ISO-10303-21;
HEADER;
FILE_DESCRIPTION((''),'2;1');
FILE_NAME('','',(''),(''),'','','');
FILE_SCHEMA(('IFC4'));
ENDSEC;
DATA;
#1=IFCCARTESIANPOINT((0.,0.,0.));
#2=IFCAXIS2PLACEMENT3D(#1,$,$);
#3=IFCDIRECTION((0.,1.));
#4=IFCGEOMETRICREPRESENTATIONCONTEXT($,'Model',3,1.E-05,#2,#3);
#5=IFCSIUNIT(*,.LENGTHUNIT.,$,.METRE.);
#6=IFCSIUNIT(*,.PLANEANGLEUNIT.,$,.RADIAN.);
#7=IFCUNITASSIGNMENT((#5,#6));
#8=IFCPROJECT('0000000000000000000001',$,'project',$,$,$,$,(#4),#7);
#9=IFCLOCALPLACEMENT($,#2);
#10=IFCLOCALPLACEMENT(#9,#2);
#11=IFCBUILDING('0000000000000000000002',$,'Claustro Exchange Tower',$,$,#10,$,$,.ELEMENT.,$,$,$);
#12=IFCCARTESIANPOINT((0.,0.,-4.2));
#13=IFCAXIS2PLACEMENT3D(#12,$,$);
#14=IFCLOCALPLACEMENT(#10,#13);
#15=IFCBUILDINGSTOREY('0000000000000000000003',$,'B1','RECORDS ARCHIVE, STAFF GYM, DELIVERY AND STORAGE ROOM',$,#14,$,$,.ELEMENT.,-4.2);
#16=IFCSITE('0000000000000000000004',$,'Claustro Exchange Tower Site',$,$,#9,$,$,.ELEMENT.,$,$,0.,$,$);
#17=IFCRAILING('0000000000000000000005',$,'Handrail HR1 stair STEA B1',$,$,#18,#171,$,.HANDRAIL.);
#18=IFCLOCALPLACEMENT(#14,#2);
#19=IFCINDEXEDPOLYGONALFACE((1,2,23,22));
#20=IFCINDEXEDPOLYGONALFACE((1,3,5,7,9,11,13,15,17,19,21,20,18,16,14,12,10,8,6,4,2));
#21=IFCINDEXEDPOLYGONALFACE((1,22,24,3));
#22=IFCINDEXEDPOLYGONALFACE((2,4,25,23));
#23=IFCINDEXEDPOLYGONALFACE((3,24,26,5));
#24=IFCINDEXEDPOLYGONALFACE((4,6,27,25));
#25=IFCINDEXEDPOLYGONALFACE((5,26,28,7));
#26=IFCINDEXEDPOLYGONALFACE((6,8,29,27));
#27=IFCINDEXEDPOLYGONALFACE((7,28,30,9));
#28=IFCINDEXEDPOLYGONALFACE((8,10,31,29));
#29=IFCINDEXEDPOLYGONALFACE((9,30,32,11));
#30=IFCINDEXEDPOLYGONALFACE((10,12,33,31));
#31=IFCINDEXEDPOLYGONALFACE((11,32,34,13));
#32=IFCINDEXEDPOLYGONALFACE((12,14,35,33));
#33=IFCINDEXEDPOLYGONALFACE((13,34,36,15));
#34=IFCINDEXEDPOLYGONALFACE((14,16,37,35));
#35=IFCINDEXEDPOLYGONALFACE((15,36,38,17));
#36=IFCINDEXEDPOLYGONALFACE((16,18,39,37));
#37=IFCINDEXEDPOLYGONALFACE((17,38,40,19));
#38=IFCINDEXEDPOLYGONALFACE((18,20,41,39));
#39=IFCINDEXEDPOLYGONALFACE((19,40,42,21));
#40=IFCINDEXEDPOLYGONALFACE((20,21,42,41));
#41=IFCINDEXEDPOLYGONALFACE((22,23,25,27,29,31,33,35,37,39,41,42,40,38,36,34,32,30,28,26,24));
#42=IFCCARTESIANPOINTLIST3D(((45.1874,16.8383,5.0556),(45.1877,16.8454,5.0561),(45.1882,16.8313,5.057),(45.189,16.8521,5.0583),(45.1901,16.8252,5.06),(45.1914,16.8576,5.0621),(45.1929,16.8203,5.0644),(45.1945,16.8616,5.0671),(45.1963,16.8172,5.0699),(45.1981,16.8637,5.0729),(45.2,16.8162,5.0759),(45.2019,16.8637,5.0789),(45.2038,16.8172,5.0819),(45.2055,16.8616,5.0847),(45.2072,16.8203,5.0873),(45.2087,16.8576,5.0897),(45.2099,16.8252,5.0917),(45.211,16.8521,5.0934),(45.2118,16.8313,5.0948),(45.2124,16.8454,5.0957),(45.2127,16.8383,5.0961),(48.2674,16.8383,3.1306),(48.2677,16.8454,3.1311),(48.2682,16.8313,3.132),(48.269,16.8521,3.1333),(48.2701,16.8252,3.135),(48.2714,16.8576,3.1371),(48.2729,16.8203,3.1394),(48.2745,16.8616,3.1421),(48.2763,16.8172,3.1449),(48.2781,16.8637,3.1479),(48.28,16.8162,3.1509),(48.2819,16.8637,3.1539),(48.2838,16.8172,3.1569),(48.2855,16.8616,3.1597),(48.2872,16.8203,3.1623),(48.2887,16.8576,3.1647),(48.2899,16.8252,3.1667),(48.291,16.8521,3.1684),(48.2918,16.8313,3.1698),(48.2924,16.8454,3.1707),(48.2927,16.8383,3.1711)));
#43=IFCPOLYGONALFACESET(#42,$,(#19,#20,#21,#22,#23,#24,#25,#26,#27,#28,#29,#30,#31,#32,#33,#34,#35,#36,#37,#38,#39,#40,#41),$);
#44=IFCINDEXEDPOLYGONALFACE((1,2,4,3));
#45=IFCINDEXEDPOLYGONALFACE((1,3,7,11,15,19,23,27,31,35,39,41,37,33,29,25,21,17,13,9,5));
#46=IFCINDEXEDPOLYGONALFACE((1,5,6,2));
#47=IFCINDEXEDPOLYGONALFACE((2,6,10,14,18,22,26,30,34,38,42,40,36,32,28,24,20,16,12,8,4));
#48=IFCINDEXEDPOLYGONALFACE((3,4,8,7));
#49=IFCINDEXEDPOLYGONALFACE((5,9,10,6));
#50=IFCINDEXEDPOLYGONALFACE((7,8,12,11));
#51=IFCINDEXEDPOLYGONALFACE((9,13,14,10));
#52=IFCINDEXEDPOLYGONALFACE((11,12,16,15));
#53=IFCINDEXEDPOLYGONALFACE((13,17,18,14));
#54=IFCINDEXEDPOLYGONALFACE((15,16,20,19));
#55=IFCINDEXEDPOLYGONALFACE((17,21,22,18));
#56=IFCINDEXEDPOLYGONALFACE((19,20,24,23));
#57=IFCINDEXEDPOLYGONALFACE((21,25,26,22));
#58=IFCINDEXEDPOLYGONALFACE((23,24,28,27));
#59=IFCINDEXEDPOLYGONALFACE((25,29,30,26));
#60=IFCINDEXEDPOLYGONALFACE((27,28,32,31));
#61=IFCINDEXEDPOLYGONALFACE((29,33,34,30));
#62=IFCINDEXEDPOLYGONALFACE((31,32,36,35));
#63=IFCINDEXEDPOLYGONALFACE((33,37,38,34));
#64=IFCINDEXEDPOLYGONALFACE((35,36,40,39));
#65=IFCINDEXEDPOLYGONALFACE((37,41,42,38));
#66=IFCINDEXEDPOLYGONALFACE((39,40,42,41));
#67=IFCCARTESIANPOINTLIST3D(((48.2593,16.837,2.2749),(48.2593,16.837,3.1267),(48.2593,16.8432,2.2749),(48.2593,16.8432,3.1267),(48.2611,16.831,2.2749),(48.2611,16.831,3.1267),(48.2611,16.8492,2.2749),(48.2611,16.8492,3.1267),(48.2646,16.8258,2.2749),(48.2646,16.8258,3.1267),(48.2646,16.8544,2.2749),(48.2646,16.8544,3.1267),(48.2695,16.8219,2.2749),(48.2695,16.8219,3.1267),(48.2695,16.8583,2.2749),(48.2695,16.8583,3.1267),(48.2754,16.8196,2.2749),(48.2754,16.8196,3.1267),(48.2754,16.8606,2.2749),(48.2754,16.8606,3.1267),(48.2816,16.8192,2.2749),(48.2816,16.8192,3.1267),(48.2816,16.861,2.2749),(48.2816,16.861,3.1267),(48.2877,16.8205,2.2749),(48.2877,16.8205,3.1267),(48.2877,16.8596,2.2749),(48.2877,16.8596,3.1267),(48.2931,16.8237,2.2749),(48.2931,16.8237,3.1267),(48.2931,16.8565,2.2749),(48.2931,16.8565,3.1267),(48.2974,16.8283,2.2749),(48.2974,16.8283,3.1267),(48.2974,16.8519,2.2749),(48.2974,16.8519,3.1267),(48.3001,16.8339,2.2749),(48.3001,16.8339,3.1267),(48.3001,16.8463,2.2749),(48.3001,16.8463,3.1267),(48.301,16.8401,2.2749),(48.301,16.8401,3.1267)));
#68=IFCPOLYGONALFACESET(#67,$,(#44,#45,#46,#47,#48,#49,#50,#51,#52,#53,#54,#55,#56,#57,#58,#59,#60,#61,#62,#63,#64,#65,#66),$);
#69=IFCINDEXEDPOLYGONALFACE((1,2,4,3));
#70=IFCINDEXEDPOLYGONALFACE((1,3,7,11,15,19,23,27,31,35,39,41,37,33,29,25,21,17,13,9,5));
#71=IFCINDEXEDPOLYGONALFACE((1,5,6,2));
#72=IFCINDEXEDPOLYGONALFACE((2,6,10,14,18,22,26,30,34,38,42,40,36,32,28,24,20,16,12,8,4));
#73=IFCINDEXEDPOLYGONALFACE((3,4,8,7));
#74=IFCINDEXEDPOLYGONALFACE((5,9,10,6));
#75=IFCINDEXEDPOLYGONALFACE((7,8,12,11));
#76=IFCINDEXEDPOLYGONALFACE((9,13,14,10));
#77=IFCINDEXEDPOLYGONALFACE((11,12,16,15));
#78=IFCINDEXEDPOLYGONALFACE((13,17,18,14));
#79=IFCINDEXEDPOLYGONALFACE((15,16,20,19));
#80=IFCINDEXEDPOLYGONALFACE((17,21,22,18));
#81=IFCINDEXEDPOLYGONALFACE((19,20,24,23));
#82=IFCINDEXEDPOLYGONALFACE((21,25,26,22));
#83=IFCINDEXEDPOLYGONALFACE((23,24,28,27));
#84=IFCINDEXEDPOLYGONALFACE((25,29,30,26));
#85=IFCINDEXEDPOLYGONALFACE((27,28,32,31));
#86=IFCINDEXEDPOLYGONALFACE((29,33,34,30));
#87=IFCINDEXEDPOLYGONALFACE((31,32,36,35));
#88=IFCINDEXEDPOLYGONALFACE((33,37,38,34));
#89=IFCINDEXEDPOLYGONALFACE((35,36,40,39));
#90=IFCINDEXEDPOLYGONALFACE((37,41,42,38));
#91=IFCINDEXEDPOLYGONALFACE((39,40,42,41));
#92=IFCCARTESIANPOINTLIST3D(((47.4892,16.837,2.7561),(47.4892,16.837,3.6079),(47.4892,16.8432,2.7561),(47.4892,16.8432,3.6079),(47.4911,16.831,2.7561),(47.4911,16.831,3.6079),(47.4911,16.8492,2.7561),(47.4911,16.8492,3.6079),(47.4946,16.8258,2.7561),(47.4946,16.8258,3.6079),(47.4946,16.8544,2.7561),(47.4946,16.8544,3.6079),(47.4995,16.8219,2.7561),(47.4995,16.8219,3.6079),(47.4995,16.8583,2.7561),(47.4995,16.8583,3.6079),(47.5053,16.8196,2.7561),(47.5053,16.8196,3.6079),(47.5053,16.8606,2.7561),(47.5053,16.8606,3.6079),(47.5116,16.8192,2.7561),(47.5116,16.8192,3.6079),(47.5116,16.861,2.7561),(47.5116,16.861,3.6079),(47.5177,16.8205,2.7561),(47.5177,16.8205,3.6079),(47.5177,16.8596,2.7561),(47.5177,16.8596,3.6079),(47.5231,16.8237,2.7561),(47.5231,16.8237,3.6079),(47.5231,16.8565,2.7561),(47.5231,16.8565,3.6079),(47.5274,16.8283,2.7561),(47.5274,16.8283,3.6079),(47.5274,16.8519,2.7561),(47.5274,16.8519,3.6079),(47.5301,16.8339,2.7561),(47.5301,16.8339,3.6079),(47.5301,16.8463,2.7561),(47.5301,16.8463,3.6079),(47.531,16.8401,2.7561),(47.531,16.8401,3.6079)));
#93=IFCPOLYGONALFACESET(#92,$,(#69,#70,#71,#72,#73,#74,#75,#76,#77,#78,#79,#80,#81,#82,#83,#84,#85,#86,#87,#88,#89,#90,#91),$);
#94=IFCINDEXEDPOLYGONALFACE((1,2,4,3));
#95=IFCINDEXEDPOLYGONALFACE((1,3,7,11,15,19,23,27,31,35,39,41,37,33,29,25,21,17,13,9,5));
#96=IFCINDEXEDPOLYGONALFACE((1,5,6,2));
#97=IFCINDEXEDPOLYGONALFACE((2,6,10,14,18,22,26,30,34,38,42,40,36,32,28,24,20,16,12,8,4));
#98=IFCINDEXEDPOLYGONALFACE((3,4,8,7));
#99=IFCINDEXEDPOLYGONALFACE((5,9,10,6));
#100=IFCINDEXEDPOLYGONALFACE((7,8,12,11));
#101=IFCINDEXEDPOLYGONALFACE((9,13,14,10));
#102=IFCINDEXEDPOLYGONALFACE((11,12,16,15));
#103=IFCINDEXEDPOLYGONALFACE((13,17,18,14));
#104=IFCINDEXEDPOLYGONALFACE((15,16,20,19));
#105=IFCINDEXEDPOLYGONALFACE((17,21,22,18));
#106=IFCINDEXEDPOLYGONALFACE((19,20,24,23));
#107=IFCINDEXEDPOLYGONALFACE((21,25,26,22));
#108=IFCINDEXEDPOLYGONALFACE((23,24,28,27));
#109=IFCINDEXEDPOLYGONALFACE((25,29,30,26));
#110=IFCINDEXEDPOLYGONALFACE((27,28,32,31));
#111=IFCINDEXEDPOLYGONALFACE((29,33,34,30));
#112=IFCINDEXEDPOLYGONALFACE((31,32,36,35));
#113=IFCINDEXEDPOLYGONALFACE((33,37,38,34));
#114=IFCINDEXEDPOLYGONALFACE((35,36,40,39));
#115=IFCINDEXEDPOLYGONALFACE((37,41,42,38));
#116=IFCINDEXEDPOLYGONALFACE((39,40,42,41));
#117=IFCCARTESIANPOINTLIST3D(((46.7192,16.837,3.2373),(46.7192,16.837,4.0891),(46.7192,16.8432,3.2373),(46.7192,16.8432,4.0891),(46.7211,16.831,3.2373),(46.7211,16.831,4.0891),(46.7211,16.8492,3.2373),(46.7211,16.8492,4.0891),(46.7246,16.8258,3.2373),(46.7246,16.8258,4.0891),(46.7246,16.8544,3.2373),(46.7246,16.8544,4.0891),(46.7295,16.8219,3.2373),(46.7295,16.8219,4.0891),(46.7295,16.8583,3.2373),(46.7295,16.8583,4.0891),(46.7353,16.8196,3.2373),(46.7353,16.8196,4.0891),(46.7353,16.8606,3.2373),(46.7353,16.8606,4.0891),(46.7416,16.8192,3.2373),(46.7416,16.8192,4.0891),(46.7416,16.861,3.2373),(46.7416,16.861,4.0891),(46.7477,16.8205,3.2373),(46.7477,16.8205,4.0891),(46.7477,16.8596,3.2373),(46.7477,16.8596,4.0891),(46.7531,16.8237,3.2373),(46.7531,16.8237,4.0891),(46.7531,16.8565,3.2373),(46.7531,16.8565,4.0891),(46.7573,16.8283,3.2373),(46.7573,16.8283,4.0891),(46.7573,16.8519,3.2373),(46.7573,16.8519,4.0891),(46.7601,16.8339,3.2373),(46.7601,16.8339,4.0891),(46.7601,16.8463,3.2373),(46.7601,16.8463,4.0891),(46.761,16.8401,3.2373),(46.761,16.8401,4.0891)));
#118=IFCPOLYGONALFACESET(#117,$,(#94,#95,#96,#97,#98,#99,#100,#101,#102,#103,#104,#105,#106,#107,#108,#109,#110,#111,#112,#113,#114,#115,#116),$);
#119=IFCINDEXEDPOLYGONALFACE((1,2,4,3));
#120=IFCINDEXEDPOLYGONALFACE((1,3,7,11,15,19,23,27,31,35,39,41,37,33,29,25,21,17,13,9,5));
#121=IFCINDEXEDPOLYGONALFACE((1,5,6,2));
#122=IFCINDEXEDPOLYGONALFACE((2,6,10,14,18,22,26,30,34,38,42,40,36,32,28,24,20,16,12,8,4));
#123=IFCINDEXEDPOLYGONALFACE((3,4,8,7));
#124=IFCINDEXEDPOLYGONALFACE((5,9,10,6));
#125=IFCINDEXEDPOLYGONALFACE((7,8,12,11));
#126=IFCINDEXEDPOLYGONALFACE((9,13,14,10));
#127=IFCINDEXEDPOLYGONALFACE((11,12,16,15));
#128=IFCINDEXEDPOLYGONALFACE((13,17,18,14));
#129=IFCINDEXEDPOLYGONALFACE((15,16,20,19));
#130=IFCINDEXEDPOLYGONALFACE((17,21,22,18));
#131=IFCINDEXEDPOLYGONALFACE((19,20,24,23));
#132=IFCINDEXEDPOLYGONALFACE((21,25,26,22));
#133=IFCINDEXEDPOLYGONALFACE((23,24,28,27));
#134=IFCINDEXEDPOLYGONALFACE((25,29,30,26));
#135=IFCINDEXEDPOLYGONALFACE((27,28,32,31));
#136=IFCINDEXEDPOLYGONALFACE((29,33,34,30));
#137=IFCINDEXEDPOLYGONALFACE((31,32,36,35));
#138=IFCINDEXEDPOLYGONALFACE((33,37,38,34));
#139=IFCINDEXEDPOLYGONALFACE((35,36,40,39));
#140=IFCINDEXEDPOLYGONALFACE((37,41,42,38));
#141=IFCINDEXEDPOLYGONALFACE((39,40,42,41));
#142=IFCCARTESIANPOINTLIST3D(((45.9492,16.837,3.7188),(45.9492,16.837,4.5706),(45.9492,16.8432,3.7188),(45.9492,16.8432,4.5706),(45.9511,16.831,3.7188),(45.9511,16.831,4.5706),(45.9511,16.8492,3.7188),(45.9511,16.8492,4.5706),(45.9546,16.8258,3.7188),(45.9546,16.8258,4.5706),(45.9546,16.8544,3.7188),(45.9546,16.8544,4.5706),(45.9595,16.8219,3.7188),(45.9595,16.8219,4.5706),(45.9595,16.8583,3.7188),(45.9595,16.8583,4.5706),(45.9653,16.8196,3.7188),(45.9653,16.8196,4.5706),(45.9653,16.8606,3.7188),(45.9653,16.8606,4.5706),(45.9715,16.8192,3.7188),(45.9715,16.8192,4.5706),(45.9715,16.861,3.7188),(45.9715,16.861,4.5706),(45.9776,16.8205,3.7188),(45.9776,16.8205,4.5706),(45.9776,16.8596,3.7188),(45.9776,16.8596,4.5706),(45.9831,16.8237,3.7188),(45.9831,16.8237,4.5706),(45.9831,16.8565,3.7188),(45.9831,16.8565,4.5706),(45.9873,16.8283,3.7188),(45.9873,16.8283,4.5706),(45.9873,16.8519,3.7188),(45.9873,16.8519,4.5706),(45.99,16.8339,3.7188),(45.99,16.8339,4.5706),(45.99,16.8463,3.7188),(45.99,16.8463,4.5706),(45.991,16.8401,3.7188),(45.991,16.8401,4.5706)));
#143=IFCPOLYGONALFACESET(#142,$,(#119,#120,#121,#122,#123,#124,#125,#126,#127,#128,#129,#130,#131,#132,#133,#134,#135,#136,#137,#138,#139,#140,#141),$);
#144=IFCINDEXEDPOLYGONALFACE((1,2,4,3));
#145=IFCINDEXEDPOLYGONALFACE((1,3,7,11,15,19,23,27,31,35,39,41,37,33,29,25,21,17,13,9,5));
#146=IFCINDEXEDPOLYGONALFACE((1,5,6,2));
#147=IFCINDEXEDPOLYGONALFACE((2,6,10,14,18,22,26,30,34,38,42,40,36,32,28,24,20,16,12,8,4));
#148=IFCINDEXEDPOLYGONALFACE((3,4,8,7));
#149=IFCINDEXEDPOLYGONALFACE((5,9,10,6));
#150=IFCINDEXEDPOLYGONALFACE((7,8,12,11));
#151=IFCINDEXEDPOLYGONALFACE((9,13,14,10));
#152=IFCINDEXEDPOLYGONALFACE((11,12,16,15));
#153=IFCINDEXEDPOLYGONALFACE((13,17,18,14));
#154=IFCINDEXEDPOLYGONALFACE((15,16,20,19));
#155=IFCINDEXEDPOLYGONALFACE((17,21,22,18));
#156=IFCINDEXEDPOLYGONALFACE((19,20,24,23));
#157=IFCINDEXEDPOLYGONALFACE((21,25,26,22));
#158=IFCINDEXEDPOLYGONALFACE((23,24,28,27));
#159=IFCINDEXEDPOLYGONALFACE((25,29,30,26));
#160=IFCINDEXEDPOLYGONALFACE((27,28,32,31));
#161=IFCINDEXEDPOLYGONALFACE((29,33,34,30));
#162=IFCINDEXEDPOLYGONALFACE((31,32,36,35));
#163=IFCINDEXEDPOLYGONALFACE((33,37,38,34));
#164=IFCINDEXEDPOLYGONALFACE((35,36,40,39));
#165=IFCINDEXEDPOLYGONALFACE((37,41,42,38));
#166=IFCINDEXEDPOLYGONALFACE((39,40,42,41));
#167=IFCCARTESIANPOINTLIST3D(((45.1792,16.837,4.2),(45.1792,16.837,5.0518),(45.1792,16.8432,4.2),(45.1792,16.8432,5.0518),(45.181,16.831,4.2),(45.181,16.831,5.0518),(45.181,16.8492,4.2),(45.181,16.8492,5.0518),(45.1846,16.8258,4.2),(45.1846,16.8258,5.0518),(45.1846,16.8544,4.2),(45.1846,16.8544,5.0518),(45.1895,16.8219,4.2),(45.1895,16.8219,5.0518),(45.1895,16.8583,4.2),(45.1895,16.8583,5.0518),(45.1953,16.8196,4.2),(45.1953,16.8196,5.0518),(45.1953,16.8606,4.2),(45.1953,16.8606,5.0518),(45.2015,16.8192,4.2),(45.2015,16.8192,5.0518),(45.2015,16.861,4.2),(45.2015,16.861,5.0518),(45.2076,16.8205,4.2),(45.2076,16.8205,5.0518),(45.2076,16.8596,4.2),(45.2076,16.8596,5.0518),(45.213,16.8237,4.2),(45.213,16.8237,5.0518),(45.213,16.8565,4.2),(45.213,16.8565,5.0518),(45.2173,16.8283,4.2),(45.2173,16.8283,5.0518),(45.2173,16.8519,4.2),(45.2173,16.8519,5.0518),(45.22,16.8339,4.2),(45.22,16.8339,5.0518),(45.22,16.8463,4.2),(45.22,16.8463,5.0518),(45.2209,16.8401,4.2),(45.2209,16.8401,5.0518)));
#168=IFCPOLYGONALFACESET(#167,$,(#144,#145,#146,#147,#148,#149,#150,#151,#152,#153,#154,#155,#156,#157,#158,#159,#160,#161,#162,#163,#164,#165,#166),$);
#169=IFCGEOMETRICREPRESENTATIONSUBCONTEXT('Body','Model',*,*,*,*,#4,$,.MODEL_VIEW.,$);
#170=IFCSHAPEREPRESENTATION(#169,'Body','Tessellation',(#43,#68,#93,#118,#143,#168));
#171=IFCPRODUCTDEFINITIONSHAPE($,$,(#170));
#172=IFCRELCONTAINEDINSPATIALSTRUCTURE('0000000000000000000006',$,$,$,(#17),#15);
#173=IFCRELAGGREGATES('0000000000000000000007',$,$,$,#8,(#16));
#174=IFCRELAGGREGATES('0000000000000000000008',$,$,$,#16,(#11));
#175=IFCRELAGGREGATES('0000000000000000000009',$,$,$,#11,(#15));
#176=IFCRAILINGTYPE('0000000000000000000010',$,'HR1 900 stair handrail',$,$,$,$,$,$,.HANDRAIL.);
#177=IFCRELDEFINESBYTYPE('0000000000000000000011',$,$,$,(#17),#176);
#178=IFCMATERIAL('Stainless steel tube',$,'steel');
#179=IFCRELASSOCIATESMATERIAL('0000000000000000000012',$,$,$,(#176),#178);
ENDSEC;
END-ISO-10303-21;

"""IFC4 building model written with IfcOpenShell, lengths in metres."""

from ifc_helpers import new_model, si_unit, direction, frame, origin, origin_2d, place, context, subcontext, project, spatial, circle, extrude, material, type_object, element, save


model = new_model("IFC4")

# Units and contexts
model_context = context("Model", 3, precision=1e-05, world=origin(), true_north=direction((0.0, 1.0)))
body_context = subcontext(model_context, "Body", "Model", "MODEL_VIEW")
ifc_project = project(units=[si_unit("LENGTHUNIT", "METRE"), si_unit("PLANEANGLEUNIT", "RADIAN")], contexts=[model_context])

# Site, building, storey
site_placement = place(None, origin())
site = spatial("IfcSite", under=ifc_project, at=site_placement, Name="Claustro Exchange Tower Site", CompositionType="ELEMENT", RefElevation=0.0)
building_placement = place(site_placement, origin())
building = spatial("IfcBuilding", under=site, at=building_placement, Name="Claustro Exchange Tower", CompositionType="ELEMENT")
storey_placement = place(building_placement, frame((0.0, 0.0, -4.2)))
storey = spatial("IfcBuildingStorey", under=building, at=storey_placement, Name="B1", Description="RECORDS ARCHIVE, STAFF GYM, DELIVERY AND STORAGE ROOM", CompositionType="ELEMENT", Elevation=-4.2)

# Railing
ifc_material_1 = material(Name="Stainless steel tube", Category="steel")
railing_type_1 = type_object("IfcRailingType", Name="HR1 900 stair handrail", PredefinedType="HANDRAIL", material=ifc_material_1)
railing_1_placement = place(storey_placement, frame((48.28, 16.8401, 2.2749)))
element("IfcRailing", 1, at=railing_1_placement, inside=storey, type_object=railing_type_1, Name="Handrail HR1 stair STEA B1", PredefinedType="HANDRAIL", context=body_context, shape_type="SweptSolid", body=[
    extrude(circle(Radius=0.0239, at=origin_2d()), frame((0.0, 0.0, 0.876), z_axis=(-0.847998, 0.0, 0.529999), x_axis=(0.0, -1.0, 0.0)), (0.0, 0.0, 1.0), 3.6321),
    extrude(circle(Radius=0.021, at=origin_2d()), origin(), (0.0, 0.0, 1.0), 0.8518),
    extrude(circle(Radius=0.021, at=origin_2d()), frame((-0.77, 0.0, 0.4812)), (0.0, 0.0, 1.0), 0.8518),
    extrude(circle(Radius=0.021, at=origin_2d()), frame((-1.54, 0.0, 0.9624)), (0.0, 0.0, 1.0), 0.8518),
    extrude(circle(Radius=0.021, at=origin_2d()), frame((-2.3101, 0.0, 1.4438)), (0.0, 0.0, 1.0), 0.8518),
    extrude(circle(Radius=0.021, at=origin_2d()), frame((-3.0801, 0.0, 1.925)), (0.0, 0.0, 1.0), 0.8518),
])

save(model, "model.ifc")
